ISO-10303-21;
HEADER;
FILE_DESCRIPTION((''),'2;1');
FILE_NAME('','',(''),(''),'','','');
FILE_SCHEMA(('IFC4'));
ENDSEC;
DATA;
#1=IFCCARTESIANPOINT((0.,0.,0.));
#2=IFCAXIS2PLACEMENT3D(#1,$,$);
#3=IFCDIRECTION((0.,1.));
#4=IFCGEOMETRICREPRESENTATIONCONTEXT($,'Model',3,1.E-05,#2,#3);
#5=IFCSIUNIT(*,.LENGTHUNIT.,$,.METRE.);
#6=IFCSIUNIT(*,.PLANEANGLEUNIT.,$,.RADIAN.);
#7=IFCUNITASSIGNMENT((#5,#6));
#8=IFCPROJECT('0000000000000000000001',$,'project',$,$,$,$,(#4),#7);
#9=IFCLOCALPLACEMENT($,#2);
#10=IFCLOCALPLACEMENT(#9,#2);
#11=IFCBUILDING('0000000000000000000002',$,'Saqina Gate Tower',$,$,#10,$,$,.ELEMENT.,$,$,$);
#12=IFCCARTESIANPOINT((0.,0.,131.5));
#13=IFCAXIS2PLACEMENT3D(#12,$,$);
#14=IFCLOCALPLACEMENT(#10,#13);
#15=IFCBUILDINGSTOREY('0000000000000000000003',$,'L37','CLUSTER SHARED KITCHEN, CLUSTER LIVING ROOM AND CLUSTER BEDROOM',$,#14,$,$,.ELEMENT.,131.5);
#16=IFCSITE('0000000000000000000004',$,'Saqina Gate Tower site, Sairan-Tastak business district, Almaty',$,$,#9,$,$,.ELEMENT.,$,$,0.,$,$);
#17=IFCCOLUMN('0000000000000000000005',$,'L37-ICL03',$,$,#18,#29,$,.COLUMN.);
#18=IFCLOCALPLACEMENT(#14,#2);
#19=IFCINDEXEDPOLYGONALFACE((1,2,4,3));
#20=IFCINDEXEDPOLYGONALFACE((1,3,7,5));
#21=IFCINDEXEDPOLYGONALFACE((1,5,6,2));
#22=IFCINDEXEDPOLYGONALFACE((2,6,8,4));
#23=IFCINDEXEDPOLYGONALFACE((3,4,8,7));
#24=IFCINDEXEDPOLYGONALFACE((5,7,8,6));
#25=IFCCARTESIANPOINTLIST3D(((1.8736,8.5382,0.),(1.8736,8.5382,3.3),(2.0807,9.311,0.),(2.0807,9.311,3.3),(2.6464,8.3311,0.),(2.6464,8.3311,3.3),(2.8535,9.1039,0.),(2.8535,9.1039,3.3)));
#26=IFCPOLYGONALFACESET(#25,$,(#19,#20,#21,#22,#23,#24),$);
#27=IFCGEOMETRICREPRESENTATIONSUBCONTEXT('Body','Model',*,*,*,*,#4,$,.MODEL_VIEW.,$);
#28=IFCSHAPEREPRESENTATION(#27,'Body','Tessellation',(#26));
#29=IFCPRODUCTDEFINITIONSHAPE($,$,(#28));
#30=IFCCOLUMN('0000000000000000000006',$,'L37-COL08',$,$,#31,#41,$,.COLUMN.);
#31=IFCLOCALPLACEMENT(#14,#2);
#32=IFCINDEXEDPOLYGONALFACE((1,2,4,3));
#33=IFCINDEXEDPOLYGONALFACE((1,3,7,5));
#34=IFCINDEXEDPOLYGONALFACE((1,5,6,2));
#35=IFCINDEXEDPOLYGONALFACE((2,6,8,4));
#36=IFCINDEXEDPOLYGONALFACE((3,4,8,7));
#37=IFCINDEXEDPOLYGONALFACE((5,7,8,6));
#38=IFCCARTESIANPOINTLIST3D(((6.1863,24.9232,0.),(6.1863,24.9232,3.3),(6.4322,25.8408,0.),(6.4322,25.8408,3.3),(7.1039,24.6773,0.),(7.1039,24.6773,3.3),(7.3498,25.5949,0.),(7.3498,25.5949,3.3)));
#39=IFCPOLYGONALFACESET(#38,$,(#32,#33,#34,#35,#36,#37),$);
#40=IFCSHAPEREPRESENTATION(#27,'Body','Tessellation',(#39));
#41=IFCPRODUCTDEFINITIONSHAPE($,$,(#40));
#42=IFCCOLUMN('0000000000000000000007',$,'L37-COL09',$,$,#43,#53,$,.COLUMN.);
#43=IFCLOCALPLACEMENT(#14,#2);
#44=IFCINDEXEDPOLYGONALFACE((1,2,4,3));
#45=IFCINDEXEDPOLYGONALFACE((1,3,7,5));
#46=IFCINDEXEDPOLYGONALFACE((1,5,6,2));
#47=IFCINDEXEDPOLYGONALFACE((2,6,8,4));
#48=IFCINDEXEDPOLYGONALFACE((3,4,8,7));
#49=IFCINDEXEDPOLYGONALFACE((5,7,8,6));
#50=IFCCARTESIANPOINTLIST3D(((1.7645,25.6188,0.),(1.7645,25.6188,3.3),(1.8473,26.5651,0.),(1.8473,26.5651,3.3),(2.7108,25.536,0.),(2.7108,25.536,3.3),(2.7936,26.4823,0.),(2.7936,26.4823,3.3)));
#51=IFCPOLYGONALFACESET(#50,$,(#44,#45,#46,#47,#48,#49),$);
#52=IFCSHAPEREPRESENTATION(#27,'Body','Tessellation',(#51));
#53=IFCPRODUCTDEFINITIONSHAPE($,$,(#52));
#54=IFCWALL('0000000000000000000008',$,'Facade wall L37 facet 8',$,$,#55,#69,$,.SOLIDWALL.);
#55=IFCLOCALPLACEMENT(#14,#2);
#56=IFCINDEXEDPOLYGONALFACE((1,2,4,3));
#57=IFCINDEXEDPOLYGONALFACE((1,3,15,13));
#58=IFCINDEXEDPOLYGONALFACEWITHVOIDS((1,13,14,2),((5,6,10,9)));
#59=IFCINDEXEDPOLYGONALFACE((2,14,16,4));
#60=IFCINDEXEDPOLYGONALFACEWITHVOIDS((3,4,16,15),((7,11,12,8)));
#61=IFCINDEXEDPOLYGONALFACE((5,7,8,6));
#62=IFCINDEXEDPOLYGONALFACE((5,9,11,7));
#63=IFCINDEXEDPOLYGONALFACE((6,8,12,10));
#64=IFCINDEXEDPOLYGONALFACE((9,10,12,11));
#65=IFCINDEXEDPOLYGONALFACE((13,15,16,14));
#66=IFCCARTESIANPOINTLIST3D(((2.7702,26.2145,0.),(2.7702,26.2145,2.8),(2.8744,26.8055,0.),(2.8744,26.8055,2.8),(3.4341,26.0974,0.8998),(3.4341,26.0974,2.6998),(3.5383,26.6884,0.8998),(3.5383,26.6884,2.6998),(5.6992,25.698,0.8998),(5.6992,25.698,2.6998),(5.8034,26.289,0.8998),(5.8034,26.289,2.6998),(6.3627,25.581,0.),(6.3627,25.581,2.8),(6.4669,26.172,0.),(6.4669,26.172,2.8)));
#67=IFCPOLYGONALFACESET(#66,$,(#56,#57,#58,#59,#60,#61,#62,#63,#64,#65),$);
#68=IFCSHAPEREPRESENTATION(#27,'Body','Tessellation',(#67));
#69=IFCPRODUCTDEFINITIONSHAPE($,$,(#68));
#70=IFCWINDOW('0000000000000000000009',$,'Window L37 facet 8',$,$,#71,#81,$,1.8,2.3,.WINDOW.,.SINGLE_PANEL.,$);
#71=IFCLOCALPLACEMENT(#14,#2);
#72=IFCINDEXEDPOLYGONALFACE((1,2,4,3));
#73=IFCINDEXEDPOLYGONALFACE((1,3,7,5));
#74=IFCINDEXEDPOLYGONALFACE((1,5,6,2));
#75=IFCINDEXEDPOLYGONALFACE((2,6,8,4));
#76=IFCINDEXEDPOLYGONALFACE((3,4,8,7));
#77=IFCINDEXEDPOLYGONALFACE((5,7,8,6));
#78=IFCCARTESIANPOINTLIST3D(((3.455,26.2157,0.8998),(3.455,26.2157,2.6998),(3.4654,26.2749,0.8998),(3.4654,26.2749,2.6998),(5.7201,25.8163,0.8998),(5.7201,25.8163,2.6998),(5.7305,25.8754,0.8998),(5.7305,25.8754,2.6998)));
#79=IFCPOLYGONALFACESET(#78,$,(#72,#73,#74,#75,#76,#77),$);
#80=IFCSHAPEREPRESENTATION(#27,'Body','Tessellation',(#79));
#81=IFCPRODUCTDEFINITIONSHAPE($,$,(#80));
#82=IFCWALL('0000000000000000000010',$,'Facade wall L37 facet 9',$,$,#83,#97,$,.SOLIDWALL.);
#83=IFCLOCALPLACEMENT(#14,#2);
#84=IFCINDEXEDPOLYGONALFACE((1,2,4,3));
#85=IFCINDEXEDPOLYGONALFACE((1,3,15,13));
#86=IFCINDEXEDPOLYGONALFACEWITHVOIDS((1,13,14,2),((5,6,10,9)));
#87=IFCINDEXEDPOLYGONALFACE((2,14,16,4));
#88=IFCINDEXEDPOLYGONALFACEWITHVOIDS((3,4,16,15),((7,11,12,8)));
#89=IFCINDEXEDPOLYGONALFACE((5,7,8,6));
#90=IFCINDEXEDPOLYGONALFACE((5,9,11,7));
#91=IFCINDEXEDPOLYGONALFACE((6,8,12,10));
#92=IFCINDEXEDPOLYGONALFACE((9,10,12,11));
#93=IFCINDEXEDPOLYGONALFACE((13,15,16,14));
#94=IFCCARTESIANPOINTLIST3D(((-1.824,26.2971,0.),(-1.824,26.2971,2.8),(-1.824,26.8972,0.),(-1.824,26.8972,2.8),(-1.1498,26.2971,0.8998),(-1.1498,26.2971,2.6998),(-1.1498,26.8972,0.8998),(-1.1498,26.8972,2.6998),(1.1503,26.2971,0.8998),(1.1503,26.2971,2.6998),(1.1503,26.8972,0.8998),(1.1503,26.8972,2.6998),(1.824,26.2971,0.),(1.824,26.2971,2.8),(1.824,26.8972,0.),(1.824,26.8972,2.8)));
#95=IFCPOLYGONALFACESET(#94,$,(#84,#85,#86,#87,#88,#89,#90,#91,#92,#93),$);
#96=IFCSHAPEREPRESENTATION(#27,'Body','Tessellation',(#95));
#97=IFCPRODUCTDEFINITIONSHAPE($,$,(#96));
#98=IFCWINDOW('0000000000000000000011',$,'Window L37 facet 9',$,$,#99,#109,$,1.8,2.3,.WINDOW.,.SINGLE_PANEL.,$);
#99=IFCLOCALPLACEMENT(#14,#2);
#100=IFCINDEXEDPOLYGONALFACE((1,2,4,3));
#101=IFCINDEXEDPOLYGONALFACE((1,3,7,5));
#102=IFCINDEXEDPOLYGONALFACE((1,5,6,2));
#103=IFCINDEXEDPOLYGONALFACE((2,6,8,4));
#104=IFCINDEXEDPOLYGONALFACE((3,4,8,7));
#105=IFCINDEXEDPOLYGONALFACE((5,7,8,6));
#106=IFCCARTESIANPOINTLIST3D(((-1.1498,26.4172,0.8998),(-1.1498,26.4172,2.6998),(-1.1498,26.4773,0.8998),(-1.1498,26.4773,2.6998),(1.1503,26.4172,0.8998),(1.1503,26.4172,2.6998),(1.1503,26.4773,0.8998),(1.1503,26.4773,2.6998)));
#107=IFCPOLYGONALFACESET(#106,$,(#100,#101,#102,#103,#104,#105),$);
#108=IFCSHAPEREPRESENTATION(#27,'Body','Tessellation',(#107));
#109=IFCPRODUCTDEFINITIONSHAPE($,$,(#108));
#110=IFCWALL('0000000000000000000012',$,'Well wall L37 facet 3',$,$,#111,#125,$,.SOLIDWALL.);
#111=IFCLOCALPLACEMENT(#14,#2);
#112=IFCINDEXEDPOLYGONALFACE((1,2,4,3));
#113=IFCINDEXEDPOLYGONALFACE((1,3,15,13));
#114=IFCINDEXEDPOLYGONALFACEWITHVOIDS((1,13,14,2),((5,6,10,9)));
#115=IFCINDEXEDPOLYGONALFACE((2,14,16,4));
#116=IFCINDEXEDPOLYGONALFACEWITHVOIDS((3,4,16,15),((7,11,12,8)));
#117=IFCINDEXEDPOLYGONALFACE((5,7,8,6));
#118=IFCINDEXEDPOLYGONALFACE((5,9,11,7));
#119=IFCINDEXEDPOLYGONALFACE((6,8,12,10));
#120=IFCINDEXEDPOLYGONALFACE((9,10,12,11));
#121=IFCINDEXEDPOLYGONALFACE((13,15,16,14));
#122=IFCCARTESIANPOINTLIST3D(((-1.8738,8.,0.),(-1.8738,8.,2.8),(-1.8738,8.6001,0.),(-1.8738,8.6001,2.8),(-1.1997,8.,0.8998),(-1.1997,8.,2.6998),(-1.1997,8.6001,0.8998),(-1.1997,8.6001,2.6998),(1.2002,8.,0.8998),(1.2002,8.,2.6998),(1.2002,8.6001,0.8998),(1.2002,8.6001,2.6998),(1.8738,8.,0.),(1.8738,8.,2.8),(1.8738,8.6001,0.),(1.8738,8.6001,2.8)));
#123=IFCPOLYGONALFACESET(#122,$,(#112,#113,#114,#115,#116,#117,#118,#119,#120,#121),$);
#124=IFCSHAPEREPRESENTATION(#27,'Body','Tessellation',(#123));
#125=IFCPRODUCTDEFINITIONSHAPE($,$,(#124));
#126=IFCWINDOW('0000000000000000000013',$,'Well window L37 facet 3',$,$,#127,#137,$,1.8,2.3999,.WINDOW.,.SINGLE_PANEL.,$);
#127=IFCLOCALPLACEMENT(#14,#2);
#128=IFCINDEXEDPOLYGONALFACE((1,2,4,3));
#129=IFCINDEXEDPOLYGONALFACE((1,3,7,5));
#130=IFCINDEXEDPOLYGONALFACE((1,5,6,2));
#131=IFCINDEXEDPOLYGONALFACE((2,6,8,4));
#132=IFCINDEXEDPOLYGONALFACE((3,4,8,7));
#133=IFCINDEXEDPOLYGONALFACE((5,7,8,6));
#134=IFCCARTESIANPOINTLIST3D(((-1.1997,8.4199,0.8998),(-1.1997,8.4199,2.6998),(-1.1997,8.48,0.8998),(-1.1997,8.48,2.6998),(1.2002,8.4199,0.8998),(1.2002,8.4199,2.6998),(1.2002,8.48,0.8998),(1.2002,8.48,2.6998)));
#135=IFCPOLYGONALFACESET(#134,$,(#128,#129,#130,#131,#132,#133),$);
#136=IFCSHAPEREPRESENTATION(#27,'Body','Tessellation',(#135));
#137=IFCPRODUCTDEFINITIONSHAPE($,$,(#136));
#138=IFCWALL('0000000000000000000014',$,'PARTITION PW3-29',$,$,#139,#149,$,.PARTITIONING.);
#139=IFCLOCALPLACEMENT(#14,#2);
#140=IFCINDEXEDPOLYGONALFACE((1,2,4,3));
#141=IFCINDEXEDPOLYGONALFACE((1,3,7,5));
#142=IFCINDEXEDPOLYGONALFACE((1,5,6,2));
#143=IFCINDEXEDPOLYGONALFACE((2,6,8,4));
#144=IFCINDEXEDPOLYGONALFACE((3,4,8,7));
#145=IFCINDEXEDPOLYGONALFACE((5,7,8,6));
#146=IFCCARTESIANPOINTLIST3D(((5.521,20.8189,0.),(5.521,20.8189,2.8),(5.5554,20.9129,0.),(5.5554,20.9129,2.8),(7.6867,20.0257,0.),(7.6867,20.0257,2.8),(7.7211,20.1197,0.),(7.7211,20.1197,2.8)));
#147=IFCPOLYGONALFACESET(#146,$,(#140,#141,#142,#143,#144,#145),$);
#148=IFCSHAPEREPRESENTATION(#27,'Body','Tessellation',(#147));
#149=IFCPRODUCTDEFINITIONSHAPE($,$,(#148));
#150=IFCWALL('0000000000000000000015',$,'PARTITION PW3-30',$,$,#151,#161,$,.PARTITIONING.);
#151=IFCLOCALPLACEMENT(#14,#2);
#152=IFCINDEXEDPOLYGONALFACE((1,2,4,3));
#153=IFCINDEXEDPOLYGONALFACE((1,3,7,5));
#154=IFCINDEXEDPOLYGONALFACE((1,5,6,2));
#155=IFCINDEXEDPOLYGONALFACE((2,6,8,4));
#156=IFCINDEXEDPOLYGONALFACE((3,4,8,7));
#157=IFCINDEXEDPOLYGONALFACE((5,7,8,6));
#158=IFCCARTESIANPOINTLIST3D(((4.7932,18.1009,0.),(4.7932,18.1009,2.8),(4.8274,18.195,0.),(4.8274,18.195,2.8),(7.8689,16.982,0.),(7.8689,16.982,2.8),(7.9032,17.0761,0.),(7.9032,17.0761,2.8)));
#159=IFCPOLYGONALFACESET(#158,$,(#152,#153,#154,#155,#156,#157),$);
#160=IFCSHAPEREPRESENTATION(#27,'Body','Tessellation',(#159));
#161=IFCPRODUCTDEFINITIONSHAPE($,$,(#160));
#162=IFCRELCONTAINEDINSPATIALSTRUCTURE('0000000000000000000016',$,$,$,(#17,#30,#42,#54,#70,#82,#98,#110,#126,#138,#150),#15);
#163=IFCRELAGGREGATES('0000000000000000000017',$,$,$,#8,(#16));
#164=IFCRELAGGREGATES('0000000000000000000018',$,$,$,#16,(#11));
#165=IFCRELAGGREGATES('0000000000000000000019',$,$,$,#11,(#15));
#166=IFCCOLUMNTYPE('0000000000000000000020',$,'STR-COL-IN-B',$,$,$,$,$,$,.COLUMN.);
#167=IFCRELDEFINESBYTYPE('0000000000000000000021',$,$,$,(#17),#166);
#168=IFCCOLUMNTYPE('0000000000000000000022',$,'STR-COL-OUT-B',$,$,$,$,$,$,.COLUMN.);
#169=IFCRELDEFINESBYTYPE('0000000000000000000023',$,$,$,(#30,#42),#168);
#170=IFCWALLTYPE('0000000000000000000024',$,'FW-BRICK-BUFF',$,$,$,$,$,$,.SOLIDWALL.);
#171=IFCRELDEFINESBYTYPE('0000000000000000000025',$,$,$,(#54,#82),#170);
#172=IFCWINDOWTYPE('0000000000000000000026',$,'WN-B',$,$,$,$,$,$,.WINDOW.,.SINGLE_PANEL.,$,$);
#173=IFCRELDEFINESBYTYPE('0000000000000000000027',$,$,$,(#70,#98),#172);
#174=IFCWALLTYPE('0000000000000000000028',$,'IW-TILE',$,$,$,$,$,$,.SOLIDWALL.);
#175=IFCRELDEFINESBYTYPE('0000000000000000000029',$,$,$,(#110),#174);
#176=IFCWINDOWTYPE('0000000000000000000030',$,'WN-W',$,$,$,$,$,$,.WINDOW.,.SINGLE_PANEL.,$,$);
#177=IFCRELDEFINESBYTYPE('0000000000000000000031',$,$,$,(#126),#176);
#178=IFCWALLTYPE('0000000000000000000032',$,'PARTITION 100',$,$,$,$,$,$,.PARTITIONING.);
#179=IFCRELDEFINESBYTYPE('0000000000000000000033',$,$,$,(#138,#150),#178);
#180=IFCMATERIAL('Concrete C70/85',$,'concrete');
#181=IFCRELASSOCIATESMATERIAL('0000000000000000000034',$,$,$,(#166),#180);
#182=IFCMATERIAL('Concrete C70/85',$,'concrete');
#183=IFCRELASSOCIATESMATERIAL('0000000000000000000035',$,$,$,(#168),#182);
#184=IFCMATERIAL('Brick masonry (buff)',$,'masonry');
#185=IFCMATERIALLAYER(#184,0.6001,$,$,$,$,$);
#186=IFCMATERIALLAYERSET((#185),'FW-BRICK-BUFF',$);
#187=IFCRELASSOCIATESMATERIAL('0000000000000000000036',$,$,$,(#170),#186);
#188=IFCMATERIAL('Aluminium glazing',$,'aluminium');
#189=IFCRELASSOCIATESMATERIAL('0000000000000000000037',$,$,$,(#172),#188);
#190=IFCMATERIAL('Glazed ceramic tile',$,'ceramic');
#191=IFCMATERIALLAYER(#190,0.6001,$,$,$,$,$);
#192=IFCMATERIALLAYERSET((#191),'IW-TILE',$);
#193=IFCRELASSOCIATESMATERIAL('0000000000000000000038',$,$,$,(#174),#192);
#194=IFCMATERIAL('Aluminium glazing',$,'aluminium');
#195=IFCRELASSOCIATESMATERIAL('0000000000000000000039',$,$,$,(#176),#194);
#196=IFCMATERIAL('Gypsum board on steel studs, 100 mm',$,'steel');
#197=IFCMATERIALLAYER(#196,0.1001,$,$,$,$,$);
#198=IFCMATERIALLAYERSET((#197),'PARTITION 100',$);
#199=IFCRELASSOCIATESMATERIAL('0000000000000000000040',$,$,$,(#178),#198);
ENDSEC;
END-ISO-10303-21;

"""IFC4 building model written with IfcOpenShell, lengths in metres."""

from ifc_helpers import new_model, si_unit, direction, frame, frame_2d, origin, origin_2d, place, context, subcontext, project, spatial, rectangle, extrude, material, layer, layer_set, material_profile, profile_set, type_object, element, fill, save


model = new_model("IFC4")

# Units and contexts
model_context = context("Model", 3, precision=1e-05, world=origin(), true_north=direction((0.0, 1.0)))
body_context = subcontext(model_context, "Body", "Model", "MODEL_VIEW")
ifc_project = project(units=[si_unit("LENGTHUNIT", "METRE"), si_unit("PLANEANGLEUNIT", "RADIAN")], contexts=[model_context])

# Site, building, storey
site_placement = place(None, origin())
site = spatial("IfcSite", under=ifc_project, at=site_placement, Name="Saqina Gate Tower site, Sairan-Tastak business district, Almaty", CompositionType="ELEMENT", RefElevation=0.0)
building_placement = place(site_placement, origin())
building = spatial("IfcBuilding", under=site, at=building_placement, Name="Saqina Gate Tower", CompositionType="ELEMENT")
storey_placement = place(building_placement, frame((0.0, 0.0, 131.5)))
storey = spatial("IfcBuildingStorey", under=building, at=storey_placement, Name="L37", Description="CLUSTER SHARED KITCHEN, CLUSTER LIVING ROOM AND CLUSTER BEDROOM", CompositionType="ELEMENT", Elevation=131.5)

# Columns
ifc_material_1 = material(Name="Concrete C70/85", Category="concrete")
ifc_material_profile_1 = material_profile(ifc_material_1, rectangle(XDim=0.8, YDim=0.8, at=origin_2d()), Name="RC 800x800")
ifc_profile_set_1 = profile_set([ifc_material_profile_1], Name="Concrete C70/85")
column_type_1 = type_object("IfcColumnType", Name="STR-COL-IN-B", PredefinedType="COLUMN", material=ifc_profile_set_1)
column_placement = place(storey_placement, frame((2.3635, 8.821, 0.0), z_axis=(0.0, 0.0, 1.0), x_axis=(0.258819, 0.965926, 0.0)))
element("IfcColumn", 1, at=column_placement, inside=storey, type_object=column_type_1, Name="L37-ICL03", PredefinedType="COLUMN", context=body_context, shape_type="SweptSolid", body=[
    extrude(rectangle(XDim=0.8, YDim=0.8, at=origin_2d()), origin(), (0.0, 0.0, 1.0), 3.3),
])
ifc_material_2 = material(Name="Concrete C70/85", Category="concrete")
ifc_material_profile_2 = material_profile(ifc_material_2, rectangle(XDim=0.95, YDim=0.95, at=origin_2d()), Name="RC 950x950")
ifc_profile_set_2 = profile_set([ifc_material_profile_2], Name="Concrete C70/85")
column_type_2 = type_object("IfcColumnType", Name="STR-COL-OUT-B", PredefinedType="COLUMN", material=ifc_profile_set_2)
for number, where, z_axis, x_axis, name in (
    (2, (6.7681, 25.259, 0.0), (0.0, 0.0, 1.0), (0.258819, 0.965926, 0.0), "L37-COL08"),
    (3, (2.2791, 26.0505, 0.0), (0.0, 0.0, 1.0), (0.087156, 0.996195, 0.0), "L37-COL09"),
):
    element("IfcColumn", number, at=place(storey_placement, frame(where, z_axis=z_axis, x_axis=x_axis)), inside=storey, type_object=column_type_2, Name=name, PredefinedType="COLUMN", context=body_context, shape_type="SweptSolid", body=[
        extrude(rectangle(XDim=0.95, YDim=0.95, at=origin_2d()), origin(), (0.0, 0.0, 1.0), 3.3),
    ])

# Walls, openings, windows
ifc_material_3 = material(Name="Brick masonry (buff)", Category="masonry")
ifc_layer_1 = layer(ifc_material_3, 0.6001)
ifc_layer_set_1 = layer_set([ifc_layer_1], Name="FW-BRICK-BUFF")
wall_type_1 = type_object("IfcWallType", Name="FW-BRICK-BUFF", PredefinedType="SOLIDWALL", material=ifc_layer_set_1)
wall_1_placement = place(storey_placement, frame((6.4148, 25.8765, 0.0), z_axis=(0.0, 0.0, 1.0), x_axis=(-0.984804, 0.173671, 0.0)))
wall_1 = element("IfcWall", 4, at=wall_1_placement, inside=storey, type_object=wall_type_1, Name="Facade wall L37 facet 8", PredefinedType="SOLIDWALL", context=body_context, shape_type="SweptSolid", body=[
    extrude(rectangle(XDim=3.6479, YDim=0.6001, at=frame_2d((1.824, 0.0))), origin(), (0.0, 0.0, 1.0), 2.8),
])
opening_1_placement = place(wall_1_placement, frame((0.6738, 0.0, 0.8999)))
opening_1 = element("IfcOpeningElement", 5, at=opening_1_placement, cuts=wall_1, PredefinedType="OPENING", context=body_context, shape_type="SweptSolid", body=[
    extrude(rectangle(XDim=2.3, YDim=1.8, at=frame_2d((1.1499, 0.8999))), frame((0.0, 0.312, 0.0), z_axis=(0.0, -1.0, 0.0), x_axis=(1.0, 0.0, 0.0)), (0.0, 0.0, 1.0), 0.624),
])
ifc_material_4 = material(Name="Aluminium glazing", Category="aluminium")
window_type_1 = type_object("IfcWindowType", Name="WN-B", PartitioningType="SINGLE_PANEL", PredefinedType="WINDOW", material=ifc_material_4)
window_1_placement = place(opening_1_placement, origin())
window_1 = element("IfcWindow", 6, at=window_1_placement, inside=storey, type_object=window_type_1, Name="Window L37 facet 8", OverallHeight=1.8, OverallWidth=2.3, PartitioningType="SINGLE_PANEL", PredefinedType="WINDOW", context=body_context, shape_type="SweptSolid", body=[
    extrude(rectangle(XDim=2.3, YDim=1.8, at=frame_2d((1.1499, 0.8999))), frame((0.0, 0.1799, 0.0), z_axis=(0.0, -1.0, 0.0), x_axis=(1.0, 0.0, 0.0)), (0.0, 0.0, 1.0), 0.0601),
])
fill(opening_1, window_1)
wall_2_placement = place(storey_placement, frame((1.824, 26.5972, 0.0), z_axis=(0.0, 0.0, 1.0), x_axis=(-1.0, 0.0, 0.0)))
wall_2 = element("IfcWall", 7, at=wall_2_placement, inside=storey, type_object=wall_type_1, Name="Facade wall L37 facet 9", PredefinedType="SOLIDWALL", context=body_context, shape_type="SweptSolid", body=[
    extrude(rectangle(XDim=3.6479, YDim=0.6001, at=frame_2d((1.824, 0.0))), origin(), (0.0, 0.0, 1.0), 2.8),
])
opening_2_placement = place(wall_2_placement, frame((0.6738, 0.0, 0.8999)))
opening_2 = element("IfcOpeningElement", 8, at=opening_2_placement, cuts=wall_2, PredefinedType="OPENING", context=body_context, shape_type="SweptSolid", body=[
    extrude(rectangle(XDim=2.3, YDim=1.8, at=frame_2d((1.1499, 0.8999))), frame((0.0, 0.312, 0.0), z_axis=(0.0, -1.0, 0.0), x_axis=(1.0, 0.0, 0.0)), (0.0, 0.0, 1.0), 0.624),
])
window_2_placement = place(opening_2_placement, origin())
window_2 = element("IfcWindow", 9, at=window_2_placement, inside=storey, type_object=window_type_1, Name="Window L37 facet 9", OverallHeight=1.8, OverallWidth=2.3, PartitioningType="SINGLE_PANEL", PredefinedType="WINDOW", context=body_context, shape_type="SweptSolid", body=[
    extrude(rectangle(XDim=2.3, YDim=1.8, at=frame_2d((1.1499, 0.8999))), frame((0.0, 0.1799, 0.0), z_axis=(0.0, -1.0, 0.0), x_axis=(1.0, 0.0, 0.0)), (0.0, 0.0, 1.0), 0.0601),
])
fill(opening_2, window_2)
ifc_material_5 = material(Name="Glazed ceramic tile", Category="ceramic")
ifc_layer_2 = layer(ifc_material_5, 0.6001)
ifc_layer_set_2 = layer_set([ifc_layer_2], Name="IW-TILE")
wall_type_2 = type_object("IfcWallType", Name="IW-TILE", PredefinedType="SOLIDWALL", material=ifc_layer_set_2)
wall_3_placement = place(storey_placement, frame((1.8738, 8.3, 0.0), z_axis=(0.0, 0.0, 1.0), x_axis=(-1.0, 0.0, 0.0)))
wall_3 = element("IfcWall", 10, at=wall_3_placement, inside=storey, type_object=wall_type_2, Name="Well wall L37 facet 3", PredefinedType="SOLIDWALL", context=body_context, shape_type="SweptSolid", body=[
    extrude(rectangle(XDim=3.7476, YDim=0.6001, at=frame_2d((1.8738, 0.0))), origin(), (0.0, 0.0, 1.0), 2.8),
])
opening_3_placement = place(wall_3_placement, frame((0.6736, 0.0, 0.8999)))
opening_3 = element("IfcOpeningElement", 11, at=opening_3_placement, cuts=wall_3, PredefinedType="OPENING", context=body_context, shape_type="SweptSolid", body=[
    extrude(rectangle(XDim=2.3999, YDim=1.8, at=frame_2d((1.2, 0.8999))), frame((0.0, 0.312, 0.0), z_axis=(0.0, -1.0, 0.0), x_axis=(1.0, 0.0, 0.0)), (0.0, 0.0, 1.0), 0.624),
])
ifc_material_6 = material(Name="Aluminium glazing", Category="aluminium")
window_type_2 = type_object("IfcWindowType", Name="WN-W", PartitioningType="SINGLE_PANEL", PredefinedType="WINDOW", material=ifc_material_6)
window_3_placement = place(opening_3_placement, origin())
window_3 = element("IfcWindow", 12, at=window_3_placement, inside=storey, type_object=window_type_2, Name="Well window L37 facet 3", OverallHeight=1.8, OverallWidth=2.3999, PartitioningType="SINGLE_PANEL", PredefinedType="WINDOW", context=body_context, shape_type="SweptSolid", body=[
    extrude(rectangle(XDim=2.3999, YDim=1.8, at=frame_2d((1.2, 0.8999))), frame((0.0, -0.1199, 0.0), z_axis=(0.0, -1.0, 0.0), x_axis=(1.0, 0.0, 0.0)), (0.0, 0.0, 1.0), 0.0601),
])
fill(opening_3, window_3)

# Walls
ifc_material_7 = material(Name="Gypsum board on steel studs, 100 mm", Category="steel")
ifc_layer_3 = layer(ifc_material_7, 0.1001)
ifc_layer_set_3 = layer_set([ifc_layer_3], Name="PARTITION 100")
wall_type_3 = type_object("IfcWallType", Name="PARTITION 100", PredefinedType="PARTITIONING", material=ifc_layer_set_3)
wall_4_placement = place(storey_placement, frame((5.5381, 20.866, 0.0), z_axis=(0.0, 0.0, 1.0), x_axis=(0.939003, -0.343909, 0.0)))
element("IfcWall", 13, at=wall_4_placement, inside=storey, type_object=wall_type_3, Name="PARTITION PW3-29", PredefinedType="PARTITIONING", context=body_context, shape_type="SweptSolid", body=[
    extrude(rectangle(XDim=2.3064, YDim=0.1001, at=frame_2d((1.1533, 0.0))), origin(), (0.0, 0.0, 1.0), 2.8),
])
wall_5_placement = place(storey_placement, frame((4.8103, 18.1479, 0.0), z_axis=(0.0, 0.0, 1.0), x_axis=(0.939748, -0.341869, 0.0)))
element("IfcWall", 14, at=wall_5_placement, inside=storey, type_object=wall_type_3, Name="PARTITION PW3-30", PredefinedType="PARTITIONING", context=body_context, shape_type="SweptSolid", body=[
    extrude(rectangle(XDim=3.2729, YDim=0.1001, at=frame_2d((1.6365, 0.0))), origin(), (0.0, 0.0, 1.0), 2.8),
])

save(model, "model.ifc")
